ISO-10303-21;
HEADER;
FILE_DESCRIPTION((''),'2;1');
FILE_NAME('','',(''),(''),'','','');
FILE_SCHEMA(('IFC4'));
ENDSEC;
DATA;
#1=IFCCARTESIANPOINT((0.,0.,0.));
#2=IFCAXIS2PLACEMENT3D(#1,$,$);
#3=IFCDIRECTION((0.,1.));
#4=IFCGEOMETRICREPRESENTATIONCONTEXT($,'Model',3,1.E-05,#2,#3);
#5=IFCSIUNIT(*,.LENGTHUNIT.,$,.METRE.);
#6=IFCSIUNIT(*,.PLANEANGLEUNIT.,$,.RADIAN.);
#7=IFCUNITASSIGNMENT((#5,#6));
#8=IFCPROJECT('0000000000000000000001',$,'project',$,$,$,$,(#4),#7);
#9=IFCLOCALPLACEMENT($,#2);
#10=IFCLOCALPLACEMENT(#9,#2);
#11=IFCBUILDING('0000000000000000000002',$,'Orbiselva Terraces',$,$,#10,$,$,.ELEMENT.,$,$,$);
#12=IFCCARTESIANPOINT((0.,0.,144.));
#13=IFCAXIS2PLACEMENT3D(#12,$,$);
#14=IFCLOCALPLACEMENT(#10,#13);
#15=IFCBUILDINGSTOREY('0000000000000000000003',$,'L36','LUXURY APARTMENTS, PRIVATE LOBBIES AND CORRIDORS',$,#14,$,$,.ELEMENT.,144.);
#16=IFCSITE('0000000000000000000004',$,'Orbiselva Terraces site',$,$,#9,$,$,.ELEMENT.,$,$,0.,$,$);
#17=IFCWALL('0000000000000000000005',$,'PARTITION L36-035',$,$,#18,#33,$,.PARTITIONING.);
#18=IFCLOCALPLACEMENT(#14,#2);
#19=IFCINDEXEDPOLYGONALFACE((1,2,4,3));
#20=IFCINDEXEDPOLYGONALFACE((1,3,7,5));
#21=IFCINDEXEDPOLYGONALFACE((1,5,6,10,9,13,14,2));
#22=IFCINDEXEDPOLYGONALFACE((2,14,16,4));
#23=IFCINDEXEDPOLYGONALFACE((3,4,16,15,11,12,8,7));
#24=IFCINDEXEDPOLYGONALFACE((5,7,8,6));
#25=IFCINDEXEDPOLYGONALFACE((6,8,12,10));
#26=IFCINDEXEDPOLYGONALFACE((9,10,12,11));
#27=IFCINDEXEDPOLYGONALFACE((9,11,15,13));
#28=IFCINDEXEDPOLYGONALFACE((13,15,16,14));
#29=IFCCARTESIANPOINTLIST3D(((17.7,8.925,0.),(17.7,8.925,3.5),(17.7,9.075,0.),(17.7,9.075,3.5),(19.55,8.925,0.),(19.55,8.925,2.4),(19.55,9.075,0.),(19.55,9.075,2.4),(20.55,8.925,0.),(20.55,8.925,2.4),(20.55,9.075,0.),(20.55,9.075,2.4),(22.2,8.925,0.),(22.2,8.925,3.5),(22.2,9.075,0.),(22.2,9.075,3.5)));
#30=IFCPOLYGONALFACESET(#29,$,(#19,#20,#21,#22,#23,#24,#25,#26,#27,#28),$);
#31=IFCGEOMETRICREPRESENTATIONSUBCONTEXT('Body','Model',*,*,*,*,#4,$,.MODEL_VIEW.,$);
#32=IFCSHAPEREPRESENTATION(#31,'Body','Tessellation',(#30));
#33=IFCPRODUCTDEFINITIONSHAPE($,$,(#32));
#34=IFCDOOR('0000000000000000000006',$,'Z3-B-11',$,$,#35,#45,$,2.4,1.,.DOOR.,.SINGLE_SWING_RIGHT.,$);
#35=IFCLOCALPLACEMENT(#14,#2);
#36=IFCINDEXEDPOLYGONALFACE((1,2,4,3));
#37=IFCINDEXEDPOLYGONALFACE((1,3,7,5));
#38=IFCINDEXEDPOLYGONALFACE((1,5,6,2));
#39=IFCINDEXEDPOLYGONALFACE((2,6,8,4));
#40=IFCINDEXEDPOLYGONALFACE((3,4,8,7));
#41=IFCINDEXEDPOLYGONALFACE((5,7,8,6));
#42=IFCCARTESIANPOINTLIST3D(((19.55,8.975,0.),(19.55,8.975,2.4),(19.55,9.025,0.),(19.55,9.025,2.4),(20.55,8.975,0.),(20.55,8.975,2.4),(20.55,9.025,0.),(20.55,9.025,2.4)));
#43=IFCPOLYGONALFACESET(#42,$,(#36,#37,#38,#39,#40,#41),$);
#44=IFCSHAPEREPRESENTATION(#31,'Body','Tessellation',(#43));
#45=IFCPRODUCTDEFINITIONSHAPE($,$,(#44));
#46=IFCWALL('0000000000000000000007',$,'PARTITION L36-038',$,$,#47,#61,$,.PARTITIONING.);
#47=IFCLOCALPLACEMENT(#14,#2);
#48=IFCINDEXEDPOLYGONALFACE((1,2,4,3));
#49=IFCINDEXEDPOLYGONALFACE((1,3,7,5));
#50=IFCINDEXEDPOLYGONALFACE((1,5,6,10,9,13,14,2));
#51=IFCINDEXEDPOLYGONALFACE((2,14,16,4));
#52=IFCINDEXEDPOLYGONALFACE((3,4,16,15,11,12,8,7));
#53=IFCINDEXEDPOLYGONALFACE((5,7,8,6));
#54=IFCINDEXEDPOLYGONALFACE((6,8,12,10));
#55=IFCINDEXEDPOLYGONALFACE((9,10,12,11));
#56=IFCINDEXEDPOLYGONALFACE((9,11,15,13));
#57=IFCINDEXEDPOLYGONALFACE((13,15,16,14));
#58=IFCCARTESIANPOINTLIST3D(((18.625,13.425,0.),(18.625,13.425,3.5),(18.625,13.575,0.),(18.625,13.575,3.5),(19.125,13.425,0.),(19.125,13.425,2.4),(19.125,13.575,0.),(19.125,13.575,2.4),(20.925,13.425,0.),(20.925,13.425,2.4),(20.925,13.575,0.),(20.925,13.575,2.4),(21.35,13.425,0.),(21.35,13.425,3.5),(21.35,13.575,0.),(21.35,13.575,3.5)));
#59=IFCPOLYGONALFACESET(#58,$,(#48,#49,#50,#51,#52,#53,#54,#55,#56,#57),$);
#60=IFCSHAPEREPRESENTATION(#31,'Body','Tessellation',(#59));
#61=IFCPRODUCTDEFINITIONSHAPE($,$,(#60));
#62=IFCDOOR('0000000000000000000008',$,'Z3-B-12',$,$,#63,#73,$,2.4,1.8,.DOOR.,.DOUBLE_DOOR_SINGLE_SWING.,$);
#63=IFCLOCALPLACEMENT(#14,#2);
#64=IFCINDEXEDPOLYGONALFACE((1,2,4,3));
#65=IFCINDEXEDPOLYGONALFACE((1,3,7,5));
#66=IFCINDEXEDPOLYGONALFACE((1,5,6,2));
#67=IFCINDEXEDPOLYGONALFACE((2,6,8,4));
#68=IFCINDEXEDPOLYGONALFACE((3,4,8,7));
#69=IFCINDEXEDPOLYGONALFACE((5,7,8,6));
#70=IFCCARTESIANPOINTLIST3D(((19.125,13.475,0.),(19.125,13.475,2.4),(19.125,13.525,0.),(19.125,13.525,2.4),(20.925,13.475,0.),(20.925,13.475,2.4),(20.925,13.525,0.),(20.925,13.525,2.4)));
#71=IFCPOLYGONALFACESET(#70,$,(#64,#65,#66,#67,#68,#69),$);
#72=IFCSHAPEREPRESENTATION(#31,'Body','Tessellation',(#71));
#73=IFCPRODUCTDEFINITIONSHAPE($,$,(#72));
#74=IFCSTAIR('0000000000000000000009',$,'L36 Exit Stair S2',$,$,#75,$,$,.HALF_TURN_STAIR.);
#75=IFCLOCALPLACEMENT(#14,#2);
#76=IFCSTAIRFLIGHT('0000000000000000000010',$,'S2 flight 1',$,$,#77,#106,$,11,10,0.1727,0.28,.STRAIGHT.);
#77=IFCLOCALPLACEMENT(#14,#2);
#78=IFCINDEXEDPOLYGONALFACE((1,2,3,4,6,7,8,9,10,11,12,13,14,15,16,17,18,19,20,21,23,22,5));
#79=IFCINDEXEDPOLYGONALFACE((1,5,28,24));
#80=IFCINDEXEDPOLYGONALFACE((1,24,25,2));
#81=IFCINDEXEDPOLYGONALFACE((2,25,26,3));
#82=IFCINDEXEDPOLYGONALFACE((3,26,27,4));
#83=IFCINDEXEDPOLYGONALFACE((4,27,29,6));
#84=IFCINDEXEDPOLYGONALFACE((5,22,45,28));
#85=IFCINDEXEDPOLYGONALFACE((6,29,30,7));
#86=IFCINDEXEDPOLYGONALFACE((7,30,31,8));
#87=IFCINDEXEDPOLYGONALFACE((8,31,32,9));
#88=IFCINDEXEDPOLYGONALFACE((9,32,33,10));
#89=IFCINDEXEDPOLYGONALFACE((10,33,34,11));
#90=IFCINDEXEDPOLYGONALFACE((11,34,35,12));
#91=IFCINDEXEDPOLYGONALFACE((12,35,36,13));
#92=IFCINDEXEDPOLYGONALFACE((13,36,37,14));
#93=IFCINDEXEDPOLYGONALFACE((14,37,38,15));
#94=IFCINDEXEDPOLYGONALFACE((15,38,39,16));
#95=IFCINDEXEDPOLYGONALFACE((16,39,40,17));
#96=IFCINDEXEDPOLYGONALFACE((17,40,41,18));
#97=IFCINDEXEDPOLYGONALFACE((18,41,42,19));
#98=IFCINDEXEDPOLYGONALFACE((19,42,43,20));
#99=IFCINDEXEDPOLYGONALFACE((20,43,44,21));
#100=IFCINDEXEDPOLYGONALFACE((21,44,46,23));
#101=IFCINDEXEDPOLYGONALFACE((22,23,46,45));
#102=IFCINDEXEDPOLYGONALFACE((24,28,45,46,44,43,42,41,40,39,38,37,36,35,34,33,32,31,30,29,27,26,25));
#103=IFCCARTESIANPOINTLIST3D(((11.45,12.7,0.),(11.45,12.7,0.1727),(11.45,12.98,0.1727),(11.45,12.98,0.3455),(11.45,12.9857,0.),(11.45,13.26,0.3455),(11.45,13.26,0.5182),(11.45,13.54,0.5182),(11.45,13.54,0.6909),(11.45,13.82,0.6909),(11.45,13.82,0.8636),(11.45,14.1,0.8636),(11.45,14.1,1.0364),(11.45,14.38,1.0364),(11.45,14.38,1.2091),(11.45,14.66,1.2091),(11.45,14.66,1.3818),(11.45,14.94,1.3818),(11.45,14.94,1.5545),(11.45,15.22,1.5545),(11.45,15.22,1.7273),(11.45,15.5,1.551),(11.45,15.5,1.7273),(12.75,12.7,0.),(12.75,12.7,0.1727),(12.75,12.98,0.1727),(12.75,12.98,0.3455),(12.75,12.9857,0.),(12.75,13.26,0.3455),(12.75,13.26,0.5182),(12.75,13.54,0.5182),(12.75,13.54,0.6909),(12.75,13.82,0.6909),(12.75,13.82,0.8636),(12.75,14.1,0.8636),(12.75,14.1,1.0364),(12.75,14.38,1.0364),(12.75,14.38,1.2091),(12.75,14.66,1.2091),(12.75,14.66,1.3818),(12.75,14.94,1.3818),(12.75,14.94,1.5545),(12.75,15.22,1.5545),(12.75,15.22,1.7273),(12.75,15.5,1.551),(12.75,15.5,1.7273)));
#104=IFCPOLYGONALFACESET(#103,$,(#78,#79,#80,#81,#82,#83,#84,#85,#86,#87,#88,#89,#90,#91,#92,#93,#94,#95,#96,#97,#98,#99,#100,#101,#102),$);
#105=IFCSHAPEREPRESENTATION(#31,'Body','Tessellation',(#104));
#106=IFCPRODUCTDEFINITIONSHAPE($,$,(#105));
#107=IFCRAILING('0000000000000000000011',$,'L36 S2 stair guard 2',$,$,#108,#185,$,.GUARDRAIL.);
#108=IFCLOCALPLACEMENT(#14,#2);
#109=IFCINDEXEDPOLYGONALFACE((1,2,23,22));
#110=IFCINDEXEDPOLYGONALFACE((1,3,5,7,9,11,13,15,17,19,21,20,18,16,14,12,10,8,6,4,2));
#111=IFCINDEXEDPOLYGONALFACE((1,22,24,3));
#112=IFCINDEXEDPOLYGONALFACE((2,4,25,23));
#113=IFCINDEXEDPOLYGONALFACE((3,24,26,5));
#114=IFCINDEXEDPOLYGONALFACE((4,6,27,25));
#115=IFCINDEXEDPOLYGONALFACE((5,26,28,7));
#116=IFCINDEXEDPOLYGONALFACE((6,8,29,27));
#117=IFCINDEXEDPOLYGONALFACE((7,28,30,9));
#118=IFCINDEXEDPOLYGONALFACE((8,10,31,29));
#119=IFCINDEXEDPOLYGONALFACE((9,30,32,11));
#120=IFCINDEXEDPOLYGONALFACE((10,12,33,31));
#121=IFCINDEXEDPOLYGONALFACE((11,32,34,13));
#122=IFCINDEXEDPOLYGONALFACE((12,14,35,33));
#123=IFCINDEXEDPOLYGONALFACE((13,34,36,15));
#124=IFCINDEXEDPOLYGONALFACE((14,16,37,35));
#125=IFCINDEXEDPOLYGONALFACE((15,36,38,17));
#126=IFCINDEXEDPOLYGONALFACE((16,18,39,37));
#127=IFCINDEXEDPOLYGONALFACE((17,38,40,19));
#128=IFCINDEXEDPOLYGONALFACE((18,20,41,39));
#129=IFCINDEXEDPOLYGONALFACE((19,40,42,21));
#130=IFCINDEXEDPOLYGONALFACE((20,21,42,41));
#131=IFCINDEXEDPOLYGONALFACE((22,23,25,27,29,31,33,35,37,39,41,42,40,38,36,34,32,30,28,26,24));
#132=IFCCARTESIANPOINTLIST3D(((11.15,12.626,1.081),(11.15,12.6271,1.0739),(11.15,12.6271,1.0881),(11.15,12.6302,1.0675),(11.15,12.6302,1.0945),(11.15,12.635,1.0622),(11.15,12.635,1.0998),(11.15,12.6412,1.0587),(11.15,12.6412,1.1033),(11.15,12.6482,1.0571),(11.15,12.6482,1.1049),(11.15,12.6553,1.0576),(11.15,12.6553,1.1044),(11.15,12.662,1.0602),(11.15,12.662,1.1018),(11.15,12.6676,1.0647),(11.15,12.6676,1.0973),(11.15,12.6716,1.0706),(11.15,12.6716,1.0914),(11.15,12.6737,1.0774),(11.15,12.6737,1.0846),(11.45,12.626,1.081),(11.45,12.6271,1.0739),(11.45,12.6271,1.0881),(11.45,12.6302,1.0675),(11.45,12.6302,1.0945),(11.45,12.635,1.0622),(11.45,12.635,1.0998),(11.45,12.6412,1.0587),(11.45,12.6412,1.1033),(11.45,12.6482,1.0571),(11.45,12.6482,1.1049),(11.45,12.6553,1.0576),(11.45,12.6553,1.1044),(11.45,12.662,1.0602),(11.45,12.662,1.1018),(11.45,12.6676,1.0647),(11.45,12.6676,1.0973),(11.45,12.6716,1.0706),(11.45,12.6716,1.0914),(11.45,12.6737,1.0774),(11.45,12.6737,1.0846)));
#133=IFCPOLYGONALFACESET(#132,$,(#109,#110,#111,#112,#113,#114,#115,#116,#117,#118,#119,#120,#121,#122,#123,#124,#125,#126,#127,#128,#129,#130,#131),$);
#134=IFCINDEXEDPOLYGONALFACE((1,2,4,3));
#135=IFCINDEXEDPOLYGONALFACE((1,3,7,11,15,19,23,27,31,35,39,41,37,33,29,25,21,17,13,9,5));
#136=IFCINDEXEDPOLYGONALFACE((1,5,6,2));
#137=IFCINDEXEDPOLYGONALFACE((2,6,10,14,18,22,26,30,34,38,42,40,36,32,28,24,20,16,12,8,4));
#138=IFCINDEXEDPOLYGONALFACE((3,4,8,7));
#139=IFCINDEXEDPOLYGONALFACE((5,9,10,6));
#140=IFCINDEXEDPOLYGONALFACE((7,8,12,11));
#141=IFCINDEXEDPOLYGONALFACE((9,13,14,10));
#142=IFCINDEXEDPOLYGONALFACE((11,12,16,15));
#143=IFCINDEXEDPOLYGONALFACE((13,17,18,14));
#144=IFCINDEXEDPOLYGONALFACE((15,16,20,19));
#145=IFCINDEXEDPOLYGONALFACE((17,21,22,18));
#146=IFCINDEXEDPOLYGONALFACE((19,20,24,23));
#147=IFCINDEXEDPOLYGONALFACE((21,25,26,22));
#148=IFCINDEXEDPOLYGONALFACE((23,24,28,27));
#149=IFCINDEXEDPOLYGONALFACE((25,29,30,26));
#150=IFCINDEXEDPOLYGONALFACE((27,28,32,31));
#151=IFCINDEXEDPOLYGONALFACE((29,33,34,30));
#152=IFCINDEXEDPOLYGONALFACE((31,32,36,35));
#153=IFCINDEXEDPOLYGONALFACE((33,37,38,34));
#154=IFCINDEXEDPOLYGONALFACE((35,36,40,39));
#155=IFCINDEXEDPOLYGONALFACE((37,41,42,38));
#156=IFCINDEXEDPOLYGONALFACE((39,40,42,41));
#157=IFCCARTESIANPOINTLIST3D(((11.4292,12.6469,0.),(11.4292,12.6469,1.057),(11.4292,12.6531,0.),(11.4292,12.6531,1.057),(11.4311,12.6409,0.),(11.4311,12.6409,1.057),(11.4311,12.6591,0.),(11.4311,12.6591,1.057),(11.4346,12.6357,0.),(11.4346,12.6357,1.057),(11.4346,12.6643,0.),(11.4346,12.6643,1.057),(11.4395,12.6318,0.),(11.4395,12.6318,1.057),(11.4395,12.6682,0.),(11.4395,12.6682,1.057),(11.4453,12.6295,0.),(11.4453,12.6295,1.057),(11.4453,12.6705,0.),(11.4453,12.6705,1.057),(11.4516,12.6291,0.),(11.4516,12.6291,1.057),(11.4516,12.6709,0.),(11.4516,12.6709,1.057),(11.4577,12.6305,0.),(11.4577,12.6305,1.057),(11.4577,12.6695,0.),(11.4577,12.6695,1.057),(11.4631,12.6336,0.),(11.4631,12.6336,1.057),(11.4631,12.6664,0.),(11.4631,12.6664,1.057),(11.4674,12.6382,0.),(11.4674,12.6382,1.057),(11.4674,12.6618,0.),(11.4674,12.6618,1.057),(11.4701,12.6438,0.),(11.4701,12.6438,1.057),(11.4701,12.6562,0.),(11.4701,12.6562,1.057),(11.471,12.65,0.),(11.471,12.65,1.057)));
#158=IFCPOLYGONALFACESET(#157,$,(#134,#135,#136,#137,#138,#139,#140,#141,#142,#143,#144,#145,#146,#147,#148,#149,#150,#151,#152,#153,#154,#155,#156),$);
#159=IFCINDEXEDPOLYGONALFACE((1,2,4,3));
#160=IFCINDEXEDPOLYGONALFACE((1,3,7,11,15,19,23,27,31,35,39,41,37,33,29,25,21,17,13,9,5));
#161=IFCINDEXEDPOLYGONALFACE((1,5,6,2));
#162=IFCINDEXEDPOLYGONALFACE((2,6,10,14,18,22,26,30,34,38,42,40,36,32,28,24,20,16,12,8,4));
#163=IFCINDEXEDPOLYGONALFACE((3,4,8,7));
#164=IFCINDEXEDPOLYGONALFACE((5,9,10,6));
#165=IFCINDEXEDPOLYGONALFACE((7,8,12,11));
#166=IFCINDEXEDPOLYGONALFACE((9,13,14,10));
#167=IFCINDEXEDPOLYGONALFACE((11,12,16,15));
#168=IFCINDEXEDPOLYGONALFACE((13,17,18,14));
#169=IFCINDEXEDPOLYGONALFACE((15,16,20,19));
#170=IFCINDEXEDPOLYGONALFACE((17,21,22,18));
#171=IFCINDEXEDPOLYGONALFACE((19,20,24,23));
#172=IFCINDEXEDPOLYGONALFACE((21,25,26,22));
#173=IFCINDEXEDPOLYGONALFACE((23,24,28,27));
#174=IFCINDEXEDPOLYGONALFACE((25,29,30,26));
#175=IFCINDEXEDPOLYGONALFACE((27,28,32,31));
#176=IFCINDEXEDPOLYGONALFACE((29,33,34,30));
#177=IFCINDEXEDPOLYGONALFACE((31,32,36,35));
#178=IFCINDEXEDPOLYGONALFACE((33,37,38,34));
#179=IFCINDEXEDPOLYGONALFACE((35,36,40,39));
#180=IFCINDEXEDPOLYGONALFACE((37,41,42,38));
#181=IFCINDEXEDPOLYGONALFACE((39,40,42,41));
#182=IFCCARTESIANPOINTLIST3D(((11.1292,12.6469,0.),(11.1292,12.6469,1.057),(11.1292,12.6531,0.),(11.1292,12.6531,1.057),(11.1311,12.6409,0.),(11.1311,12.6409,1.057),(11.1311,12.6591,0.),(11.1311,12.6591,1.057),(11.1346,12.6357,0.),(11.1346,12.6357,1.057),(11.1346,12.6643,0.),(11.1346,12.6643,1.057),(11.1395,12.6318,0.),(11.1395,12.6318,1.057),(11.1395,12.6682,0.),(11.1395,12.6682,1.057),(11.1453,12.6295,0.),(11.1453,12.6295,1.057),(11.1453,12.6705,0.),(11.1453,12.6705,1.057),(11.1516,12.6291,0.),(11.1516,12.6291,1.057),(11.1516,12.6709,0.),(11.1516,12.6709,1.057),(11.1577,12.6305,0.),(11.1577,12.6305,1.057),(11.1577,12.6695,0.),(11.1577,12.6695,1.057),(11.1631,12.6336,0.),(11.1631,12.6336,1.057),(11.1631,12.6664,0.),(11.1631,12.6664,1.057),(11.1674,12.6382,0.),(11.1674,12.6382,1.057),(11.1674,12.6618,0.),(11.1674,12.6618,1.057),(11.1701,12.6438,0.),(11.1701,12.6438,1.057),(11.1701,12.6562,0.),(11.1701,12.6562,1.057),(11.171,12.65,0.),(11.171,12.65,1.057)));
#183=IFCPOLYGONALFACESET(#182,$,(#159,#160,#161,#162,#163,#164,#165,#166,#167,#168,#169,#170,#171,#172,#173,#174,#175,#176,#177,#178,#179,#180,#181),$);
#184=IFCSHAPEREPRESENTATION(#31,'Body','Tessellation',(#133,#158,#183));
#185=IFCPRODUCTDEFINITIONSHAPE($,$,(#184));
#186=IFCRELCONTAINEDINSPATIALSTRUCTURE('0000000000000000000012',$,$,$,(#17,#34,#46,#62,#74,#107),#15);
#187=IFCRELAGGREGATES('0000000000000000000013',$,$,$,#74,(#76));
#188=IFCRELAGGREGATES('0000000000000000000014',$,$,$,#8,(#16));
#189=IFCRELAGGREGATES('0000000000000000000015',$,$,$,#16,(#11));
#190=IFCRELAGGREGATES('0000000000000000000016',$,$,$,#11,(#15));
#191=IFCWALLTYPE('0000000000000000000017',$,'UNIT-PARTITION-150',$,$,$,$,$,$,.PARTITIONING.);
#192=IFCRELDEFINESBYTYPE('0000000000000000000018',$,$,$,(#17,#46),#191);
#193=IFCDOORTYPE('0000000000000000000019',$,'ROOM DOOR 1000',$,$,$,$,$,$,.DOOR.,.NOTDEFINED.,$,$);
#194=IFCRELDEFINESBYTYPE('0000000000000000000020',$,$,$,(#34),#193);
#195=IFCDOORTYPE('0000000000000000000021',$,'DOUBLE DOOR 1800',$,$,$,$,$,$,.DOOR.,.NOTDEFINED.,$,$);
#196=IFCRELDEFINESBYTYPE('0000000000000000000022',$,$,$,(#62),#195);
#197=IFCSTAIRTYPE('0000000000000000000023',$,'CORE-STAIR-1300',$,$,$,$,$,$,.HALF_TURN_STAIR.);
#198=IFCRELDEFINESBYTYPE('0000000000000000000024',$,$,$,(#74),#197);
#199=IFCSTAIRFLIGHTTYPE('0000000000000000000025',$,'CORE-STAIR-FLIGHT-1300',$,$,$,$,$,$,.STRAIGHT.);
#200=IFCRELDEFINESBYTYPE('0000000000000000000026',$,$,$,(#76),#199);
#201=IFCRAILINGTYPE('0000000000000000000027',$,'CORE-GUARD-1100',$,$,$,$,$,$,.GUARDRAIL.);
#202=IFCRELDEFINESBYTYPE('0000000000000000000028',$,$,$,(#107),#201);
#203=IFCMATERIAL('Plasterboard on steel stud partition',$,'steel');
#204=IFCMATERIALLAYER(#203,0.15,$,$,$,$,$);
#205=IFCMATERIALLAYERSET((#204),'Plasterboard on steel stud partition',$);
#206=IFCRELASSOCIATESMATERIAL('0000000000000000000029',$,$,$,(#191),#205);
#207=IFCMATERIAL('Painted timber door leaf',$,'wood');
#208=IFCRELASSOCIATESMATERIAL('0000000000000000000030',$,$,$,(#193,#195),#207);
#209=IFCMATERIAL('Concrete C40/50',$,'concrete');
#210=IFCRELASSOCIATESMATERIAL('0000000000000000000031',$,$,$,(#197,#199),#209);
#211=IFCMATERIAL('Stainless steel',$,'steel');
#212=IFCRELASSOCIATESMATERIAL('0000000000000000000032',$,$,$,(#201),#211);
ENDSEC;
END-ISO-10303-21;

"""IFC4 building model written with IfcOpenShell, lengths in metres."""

from ifc_helpers import new_model, si_unit, direction, frame, frame_2d, origin, origin_2d, place, context, subcontext, project, spatial, polyline, rectangle, circle, outline, extrude, material, layer, layer_set, type_object, element, fill, aggregate, save


model = new_model("IFC4")

# Units and contexts
model_context = context("Model", 3, precision=1e-05, world=origin(), true_north=direction((0.0, 1.0)))
body_context = subcontext(model_context, "Body", "Model", "MODEL_VIEW")
ifc_project = project(units=[si_unit("LENGTHUNIT", "METRE"), si_unit("PLANEANGLEUNIT", "RADIAN")], contexts=[model_context])

# Site, building, storey
site_placement = place(None, origin())
site = spatial("IfcSite", under=ifc_project, at=site_placement, Name="Orbiselva Terraces site", CompositionType="ELEMENT", RefElevation=0.0)
building_placement = place(site_placement, origin())
building = spatial("IfcBuilding", under=site, at=building_placement, Name="Orbiselva Terraces", CompositionType="ELEMENT")
storey_placement = place(building_placement, frame((0.0, 0.0, 144.0)))
storey = spatial("IfcBuildingStorey", under=building, at=storey_placement, Name="L36", Description="LUXURY APARTMENTS, PRIVATE LOBBIES AND CORRIDORS", CompositionType="ELEMENT", Elevation=144.0)

# Walls, openings, doors
ifc_material_1 = material(Name="Plasterboard on steel stud partition", Category="steel")
ifc_material_2 = material(Name="Painted timber door leaf", Category="wood")
ifc_layer_1 = layer(ifc_material_1, 0.15)
ifc_layer_set_1 = layer_set([ifc_layer_1], Name="Plasterboard on steel stud partition")
wall_type_1 = type_object("IfcWallType", Name="UNIT-PARTITION-150", PredefinedType="PARTITIONING", material=ifc_layer_set_1)
door_type_1 = type_object("IfcDoorType", Name="ROOM DOOR 1000", OperationType="NOTDEFINED", PredefinedType="DOOR", material=ifc_material_2)
wall_1_placement = place(storey_placement, frame((17.7, 9.0, 0.0), z_axis=(0.0, 0.0, 1.0), x_axis=(1.0, 0.0, 0.0)))
wall_1 = element("IfcWall", 1, at=wall_1_placement, inside=storey, type_object=wall_type_1, Name="PARTITION L36-035", PredefinedType="PARTITIONING", context=body_context, shape_type="SweptSolid", body=[
    extrude(rectangle(XDim=4.5, YDim=0.15, at=frame_2d((2.25, 0.0))), origin(), (0.0, 0.0, 1.0), 3.5),
])
opening_1_placement = place(wall_1_placement, frame((1.85, 0.0, 0.0)))
opening_1 = element("IfcOpeningElement", 2, at=opening_1_placement, cuts=wall_1, PredefinedType="OPENING", context=body_context, shape_type="SweptSolid", body=[
    extrude(rectangle(XDim=1.0, YDim=2.4, at=frame_2d((0.5, 1.2))), frame((0.0, 0.085, 0.0), z_axis=(0.0, -1.0, 0.0), x_axis=(1.0, 0.0, 0.0)), (0.0, 0.0, 1.0), 0.17),
])
door_1_placement = place(opening_1_placement, origin())
door_1 = element("IfcDoor", 3, at=door_1_placement, inside=storey, type_object=door_type_1, Name="Z3-B-11", OperationType="SINGLE_SWING_RIGHT", OverallHeight=2.4, OverallWidth=1.0, PredefinedType="DOOR", context=body_context, shape_type="SweptSolid", body=[
    extrude(rectangle(XDim=1.0, YDim=2.4, at=frame_2d((0.5, 1.2))), frame((0.0, 0.025, 0.0), z_axis=(0.0, -1.0, 0.0), x_axis=(1.0, 0.0, 0.0)), (0.0, 0.0, 1.0), 0.05),
])
fill(opening_1, door_1)
wall_2_placement = place(storey_placement, frame((18.625, 13.5, 0.0), z_axis=(0.0, 0.0, 1.0), x_axis=(1.0, 0.0, 0.0)))
wall_2 = element("IfcWall", 4, at=wall_2_placement, inside=storey, type_object=wall_type_1, Name="PARTITION L36-038", PredefinedType="PARTITIONING", context=body_context, shape_type="SweptSolid", body=[
    extrude(rectangle(XDim=2.725, YDim=0.15, at=frame_2d((1.3625, 0.0))), origin(), (0.0, 0.0, 1.0), 3.5),
])
opening_2_placement = place(wall_2_placement, frame((0.5, 0.0, 0.0)))
opening_2 = element("IfcOpeningElement", 5, at=opening_2_placement, cuts=wall_2, PredefinedType="OPENING", context=body_context, shape_type="SweptSolid", body=[
    extrude(rectangle(XDim=1.8, YDim=2.4, at=frame_2d((0.9, 1.2))), frame((0.0, 0.085, 0.0), z_axis=(0.0, -1.0, 0.0), x_axis=(1.0, 0.0, 0.0)), (0.0, 0.0, 1.0), 0.17),
])
door_type_2 = type_object("IfcDoorType", Name="DOUBLE DOOR 1800", OperationType="NOTDEFINED", PredefinedType="DOOR", material=ifc_material_2)
door_2_placement = place(opening_2_placement, origin())
door_2 = element("IfcDoor", 6, at=door_2_placement, inside=storey, type_object=door_type_2, Name="Z3-B-12", OperationType="DOUBLE_DOOR_SINGLE_SWING", OverallHeight=2.4, OverallWidth=1.8, PredefinedType="DOOR", context=body_context, shape_type="SweptSolid", body=[
    extrude(rectangle(XDim=1.8, YDim=2.4, at=frame_2d((0.9, 1.2))), frame((0.0, 0.025, 0.0), z_axis=(0.0, -1.0, 0.0), x_axis=(1.0, 0.0, 0.0)), (0.0, 0.0, 1.0), 0.05),
])
fill(opening_2, door_2)

# Stair, stair flight
ifc_material_3 = material(Name="Concrete C40/50", Category="concrete")
stair_type = type_object("IfcStairType", Name="CORE-STAIR-1300", PredefinedType="HALF_TURN_STAIR", material=ifc_material_3)
stair_placement = place(storey_placement, origin())
stair = element("IfcStair", 7, at=stair_placement, inside=storey, type_object=stair_type, Name="L36 Exit Stair S2", PredefinedType="HALF_TURN_STAIR")
stair_flight_type = type_object("IfcStairFlightType", Name="CORE-STAIR-FLIGHT-1300", PredefinedType="STRAIGHT", material=ifc_material_3)
stair_flight_placement = place(storey_placement, frame((12.1, 12.7, 0.0), z_axis=(0.0, 0.0, 1.0), x_axis=(0.0, 1.0, 0.0)))
stair_flight = element("IfcStairFlight", 8, at=stair_flight_placement, type_object=stair_flight_type, Name="S2 flight 1", NumberOfRisers=11, NumberOfTreads=10, PredefinedType="STRAIGHT", RiserHeight=0.1727, TreadLength=0.28, context=body_context, shape_type="SweptSolid", body=[
    extrude(outline(polyline([(0.0, 0.0), (0.0, 0.1727), (0.28, 0.1727), (0.28, 0.3455), (0.56, 0.3455), (0.56, 0.5182), (0.84, 0.5182), (0.84, 0.6909), (1.12, 0.6909), (1.12, 0.8636), (1.4, 0.8636), (1.4, 1.0364), (1.68, 1.0364), (1.68, 1.2091), (1.96, 1.2091), (1.96, 1.3818), (2.24, 1.3818), (2.24, 1.5545), (2.52, 1.5545), (2.52, 1.7273), (2.8, 1.7273), (2.8, 1.9), (2.8, 1.551), (0.2857, 0.0), (0.0, 0.0)])), frame((0.0, 0.65, 0.0), z_axis=(0.0, -1.0, 0.0), x_axis=(1.0, 0.0, 0.0)), (0.0, 0.0, 1.0), 1.3),
])
aggregate(stair, [stair_flight])

# Railing
ifc_material_4 = material(Name="Stainless steel", Category="steel")
railing_type_1 = type_object("IfcRailingType", Name="CORE-GUARD-1100", PredefinedType="GUARDRAIL", material=ifc_material_4)
railing_1_placement = place(storey_placement, frame((11.45, 12.65, 0.0)))
element("IfcRailing", 9, at=railing_1_placement, inside=storey, type_object=railing_type_1, Name="L36 S2 stair guard 2", PredefinedType="GUARDRAIL", context=body_context, shape_type="SweptSolid", body=[
    extrude(circle(Radius=0.024, at=origin_2d()), frame((0.0, 0.0, 1.081), z_axis=(-1.0, 0.0, 0.0), x_axis=(0.0, -1.0, 0.0)), (0.0, 0.0, 1.0), 0.3),
    extrude(circle(Radius=0.021, at=origin_2d()), origin(), (0.0, 0.0, 1.0), 1.057),
    extrude(circle(Radius=0.021, at=origin_2d()), frame((-0.3, 0.0, 0.0)), (0.0, 0.0, 1.0), 1.057),
])

save(model, "model.ifc")
